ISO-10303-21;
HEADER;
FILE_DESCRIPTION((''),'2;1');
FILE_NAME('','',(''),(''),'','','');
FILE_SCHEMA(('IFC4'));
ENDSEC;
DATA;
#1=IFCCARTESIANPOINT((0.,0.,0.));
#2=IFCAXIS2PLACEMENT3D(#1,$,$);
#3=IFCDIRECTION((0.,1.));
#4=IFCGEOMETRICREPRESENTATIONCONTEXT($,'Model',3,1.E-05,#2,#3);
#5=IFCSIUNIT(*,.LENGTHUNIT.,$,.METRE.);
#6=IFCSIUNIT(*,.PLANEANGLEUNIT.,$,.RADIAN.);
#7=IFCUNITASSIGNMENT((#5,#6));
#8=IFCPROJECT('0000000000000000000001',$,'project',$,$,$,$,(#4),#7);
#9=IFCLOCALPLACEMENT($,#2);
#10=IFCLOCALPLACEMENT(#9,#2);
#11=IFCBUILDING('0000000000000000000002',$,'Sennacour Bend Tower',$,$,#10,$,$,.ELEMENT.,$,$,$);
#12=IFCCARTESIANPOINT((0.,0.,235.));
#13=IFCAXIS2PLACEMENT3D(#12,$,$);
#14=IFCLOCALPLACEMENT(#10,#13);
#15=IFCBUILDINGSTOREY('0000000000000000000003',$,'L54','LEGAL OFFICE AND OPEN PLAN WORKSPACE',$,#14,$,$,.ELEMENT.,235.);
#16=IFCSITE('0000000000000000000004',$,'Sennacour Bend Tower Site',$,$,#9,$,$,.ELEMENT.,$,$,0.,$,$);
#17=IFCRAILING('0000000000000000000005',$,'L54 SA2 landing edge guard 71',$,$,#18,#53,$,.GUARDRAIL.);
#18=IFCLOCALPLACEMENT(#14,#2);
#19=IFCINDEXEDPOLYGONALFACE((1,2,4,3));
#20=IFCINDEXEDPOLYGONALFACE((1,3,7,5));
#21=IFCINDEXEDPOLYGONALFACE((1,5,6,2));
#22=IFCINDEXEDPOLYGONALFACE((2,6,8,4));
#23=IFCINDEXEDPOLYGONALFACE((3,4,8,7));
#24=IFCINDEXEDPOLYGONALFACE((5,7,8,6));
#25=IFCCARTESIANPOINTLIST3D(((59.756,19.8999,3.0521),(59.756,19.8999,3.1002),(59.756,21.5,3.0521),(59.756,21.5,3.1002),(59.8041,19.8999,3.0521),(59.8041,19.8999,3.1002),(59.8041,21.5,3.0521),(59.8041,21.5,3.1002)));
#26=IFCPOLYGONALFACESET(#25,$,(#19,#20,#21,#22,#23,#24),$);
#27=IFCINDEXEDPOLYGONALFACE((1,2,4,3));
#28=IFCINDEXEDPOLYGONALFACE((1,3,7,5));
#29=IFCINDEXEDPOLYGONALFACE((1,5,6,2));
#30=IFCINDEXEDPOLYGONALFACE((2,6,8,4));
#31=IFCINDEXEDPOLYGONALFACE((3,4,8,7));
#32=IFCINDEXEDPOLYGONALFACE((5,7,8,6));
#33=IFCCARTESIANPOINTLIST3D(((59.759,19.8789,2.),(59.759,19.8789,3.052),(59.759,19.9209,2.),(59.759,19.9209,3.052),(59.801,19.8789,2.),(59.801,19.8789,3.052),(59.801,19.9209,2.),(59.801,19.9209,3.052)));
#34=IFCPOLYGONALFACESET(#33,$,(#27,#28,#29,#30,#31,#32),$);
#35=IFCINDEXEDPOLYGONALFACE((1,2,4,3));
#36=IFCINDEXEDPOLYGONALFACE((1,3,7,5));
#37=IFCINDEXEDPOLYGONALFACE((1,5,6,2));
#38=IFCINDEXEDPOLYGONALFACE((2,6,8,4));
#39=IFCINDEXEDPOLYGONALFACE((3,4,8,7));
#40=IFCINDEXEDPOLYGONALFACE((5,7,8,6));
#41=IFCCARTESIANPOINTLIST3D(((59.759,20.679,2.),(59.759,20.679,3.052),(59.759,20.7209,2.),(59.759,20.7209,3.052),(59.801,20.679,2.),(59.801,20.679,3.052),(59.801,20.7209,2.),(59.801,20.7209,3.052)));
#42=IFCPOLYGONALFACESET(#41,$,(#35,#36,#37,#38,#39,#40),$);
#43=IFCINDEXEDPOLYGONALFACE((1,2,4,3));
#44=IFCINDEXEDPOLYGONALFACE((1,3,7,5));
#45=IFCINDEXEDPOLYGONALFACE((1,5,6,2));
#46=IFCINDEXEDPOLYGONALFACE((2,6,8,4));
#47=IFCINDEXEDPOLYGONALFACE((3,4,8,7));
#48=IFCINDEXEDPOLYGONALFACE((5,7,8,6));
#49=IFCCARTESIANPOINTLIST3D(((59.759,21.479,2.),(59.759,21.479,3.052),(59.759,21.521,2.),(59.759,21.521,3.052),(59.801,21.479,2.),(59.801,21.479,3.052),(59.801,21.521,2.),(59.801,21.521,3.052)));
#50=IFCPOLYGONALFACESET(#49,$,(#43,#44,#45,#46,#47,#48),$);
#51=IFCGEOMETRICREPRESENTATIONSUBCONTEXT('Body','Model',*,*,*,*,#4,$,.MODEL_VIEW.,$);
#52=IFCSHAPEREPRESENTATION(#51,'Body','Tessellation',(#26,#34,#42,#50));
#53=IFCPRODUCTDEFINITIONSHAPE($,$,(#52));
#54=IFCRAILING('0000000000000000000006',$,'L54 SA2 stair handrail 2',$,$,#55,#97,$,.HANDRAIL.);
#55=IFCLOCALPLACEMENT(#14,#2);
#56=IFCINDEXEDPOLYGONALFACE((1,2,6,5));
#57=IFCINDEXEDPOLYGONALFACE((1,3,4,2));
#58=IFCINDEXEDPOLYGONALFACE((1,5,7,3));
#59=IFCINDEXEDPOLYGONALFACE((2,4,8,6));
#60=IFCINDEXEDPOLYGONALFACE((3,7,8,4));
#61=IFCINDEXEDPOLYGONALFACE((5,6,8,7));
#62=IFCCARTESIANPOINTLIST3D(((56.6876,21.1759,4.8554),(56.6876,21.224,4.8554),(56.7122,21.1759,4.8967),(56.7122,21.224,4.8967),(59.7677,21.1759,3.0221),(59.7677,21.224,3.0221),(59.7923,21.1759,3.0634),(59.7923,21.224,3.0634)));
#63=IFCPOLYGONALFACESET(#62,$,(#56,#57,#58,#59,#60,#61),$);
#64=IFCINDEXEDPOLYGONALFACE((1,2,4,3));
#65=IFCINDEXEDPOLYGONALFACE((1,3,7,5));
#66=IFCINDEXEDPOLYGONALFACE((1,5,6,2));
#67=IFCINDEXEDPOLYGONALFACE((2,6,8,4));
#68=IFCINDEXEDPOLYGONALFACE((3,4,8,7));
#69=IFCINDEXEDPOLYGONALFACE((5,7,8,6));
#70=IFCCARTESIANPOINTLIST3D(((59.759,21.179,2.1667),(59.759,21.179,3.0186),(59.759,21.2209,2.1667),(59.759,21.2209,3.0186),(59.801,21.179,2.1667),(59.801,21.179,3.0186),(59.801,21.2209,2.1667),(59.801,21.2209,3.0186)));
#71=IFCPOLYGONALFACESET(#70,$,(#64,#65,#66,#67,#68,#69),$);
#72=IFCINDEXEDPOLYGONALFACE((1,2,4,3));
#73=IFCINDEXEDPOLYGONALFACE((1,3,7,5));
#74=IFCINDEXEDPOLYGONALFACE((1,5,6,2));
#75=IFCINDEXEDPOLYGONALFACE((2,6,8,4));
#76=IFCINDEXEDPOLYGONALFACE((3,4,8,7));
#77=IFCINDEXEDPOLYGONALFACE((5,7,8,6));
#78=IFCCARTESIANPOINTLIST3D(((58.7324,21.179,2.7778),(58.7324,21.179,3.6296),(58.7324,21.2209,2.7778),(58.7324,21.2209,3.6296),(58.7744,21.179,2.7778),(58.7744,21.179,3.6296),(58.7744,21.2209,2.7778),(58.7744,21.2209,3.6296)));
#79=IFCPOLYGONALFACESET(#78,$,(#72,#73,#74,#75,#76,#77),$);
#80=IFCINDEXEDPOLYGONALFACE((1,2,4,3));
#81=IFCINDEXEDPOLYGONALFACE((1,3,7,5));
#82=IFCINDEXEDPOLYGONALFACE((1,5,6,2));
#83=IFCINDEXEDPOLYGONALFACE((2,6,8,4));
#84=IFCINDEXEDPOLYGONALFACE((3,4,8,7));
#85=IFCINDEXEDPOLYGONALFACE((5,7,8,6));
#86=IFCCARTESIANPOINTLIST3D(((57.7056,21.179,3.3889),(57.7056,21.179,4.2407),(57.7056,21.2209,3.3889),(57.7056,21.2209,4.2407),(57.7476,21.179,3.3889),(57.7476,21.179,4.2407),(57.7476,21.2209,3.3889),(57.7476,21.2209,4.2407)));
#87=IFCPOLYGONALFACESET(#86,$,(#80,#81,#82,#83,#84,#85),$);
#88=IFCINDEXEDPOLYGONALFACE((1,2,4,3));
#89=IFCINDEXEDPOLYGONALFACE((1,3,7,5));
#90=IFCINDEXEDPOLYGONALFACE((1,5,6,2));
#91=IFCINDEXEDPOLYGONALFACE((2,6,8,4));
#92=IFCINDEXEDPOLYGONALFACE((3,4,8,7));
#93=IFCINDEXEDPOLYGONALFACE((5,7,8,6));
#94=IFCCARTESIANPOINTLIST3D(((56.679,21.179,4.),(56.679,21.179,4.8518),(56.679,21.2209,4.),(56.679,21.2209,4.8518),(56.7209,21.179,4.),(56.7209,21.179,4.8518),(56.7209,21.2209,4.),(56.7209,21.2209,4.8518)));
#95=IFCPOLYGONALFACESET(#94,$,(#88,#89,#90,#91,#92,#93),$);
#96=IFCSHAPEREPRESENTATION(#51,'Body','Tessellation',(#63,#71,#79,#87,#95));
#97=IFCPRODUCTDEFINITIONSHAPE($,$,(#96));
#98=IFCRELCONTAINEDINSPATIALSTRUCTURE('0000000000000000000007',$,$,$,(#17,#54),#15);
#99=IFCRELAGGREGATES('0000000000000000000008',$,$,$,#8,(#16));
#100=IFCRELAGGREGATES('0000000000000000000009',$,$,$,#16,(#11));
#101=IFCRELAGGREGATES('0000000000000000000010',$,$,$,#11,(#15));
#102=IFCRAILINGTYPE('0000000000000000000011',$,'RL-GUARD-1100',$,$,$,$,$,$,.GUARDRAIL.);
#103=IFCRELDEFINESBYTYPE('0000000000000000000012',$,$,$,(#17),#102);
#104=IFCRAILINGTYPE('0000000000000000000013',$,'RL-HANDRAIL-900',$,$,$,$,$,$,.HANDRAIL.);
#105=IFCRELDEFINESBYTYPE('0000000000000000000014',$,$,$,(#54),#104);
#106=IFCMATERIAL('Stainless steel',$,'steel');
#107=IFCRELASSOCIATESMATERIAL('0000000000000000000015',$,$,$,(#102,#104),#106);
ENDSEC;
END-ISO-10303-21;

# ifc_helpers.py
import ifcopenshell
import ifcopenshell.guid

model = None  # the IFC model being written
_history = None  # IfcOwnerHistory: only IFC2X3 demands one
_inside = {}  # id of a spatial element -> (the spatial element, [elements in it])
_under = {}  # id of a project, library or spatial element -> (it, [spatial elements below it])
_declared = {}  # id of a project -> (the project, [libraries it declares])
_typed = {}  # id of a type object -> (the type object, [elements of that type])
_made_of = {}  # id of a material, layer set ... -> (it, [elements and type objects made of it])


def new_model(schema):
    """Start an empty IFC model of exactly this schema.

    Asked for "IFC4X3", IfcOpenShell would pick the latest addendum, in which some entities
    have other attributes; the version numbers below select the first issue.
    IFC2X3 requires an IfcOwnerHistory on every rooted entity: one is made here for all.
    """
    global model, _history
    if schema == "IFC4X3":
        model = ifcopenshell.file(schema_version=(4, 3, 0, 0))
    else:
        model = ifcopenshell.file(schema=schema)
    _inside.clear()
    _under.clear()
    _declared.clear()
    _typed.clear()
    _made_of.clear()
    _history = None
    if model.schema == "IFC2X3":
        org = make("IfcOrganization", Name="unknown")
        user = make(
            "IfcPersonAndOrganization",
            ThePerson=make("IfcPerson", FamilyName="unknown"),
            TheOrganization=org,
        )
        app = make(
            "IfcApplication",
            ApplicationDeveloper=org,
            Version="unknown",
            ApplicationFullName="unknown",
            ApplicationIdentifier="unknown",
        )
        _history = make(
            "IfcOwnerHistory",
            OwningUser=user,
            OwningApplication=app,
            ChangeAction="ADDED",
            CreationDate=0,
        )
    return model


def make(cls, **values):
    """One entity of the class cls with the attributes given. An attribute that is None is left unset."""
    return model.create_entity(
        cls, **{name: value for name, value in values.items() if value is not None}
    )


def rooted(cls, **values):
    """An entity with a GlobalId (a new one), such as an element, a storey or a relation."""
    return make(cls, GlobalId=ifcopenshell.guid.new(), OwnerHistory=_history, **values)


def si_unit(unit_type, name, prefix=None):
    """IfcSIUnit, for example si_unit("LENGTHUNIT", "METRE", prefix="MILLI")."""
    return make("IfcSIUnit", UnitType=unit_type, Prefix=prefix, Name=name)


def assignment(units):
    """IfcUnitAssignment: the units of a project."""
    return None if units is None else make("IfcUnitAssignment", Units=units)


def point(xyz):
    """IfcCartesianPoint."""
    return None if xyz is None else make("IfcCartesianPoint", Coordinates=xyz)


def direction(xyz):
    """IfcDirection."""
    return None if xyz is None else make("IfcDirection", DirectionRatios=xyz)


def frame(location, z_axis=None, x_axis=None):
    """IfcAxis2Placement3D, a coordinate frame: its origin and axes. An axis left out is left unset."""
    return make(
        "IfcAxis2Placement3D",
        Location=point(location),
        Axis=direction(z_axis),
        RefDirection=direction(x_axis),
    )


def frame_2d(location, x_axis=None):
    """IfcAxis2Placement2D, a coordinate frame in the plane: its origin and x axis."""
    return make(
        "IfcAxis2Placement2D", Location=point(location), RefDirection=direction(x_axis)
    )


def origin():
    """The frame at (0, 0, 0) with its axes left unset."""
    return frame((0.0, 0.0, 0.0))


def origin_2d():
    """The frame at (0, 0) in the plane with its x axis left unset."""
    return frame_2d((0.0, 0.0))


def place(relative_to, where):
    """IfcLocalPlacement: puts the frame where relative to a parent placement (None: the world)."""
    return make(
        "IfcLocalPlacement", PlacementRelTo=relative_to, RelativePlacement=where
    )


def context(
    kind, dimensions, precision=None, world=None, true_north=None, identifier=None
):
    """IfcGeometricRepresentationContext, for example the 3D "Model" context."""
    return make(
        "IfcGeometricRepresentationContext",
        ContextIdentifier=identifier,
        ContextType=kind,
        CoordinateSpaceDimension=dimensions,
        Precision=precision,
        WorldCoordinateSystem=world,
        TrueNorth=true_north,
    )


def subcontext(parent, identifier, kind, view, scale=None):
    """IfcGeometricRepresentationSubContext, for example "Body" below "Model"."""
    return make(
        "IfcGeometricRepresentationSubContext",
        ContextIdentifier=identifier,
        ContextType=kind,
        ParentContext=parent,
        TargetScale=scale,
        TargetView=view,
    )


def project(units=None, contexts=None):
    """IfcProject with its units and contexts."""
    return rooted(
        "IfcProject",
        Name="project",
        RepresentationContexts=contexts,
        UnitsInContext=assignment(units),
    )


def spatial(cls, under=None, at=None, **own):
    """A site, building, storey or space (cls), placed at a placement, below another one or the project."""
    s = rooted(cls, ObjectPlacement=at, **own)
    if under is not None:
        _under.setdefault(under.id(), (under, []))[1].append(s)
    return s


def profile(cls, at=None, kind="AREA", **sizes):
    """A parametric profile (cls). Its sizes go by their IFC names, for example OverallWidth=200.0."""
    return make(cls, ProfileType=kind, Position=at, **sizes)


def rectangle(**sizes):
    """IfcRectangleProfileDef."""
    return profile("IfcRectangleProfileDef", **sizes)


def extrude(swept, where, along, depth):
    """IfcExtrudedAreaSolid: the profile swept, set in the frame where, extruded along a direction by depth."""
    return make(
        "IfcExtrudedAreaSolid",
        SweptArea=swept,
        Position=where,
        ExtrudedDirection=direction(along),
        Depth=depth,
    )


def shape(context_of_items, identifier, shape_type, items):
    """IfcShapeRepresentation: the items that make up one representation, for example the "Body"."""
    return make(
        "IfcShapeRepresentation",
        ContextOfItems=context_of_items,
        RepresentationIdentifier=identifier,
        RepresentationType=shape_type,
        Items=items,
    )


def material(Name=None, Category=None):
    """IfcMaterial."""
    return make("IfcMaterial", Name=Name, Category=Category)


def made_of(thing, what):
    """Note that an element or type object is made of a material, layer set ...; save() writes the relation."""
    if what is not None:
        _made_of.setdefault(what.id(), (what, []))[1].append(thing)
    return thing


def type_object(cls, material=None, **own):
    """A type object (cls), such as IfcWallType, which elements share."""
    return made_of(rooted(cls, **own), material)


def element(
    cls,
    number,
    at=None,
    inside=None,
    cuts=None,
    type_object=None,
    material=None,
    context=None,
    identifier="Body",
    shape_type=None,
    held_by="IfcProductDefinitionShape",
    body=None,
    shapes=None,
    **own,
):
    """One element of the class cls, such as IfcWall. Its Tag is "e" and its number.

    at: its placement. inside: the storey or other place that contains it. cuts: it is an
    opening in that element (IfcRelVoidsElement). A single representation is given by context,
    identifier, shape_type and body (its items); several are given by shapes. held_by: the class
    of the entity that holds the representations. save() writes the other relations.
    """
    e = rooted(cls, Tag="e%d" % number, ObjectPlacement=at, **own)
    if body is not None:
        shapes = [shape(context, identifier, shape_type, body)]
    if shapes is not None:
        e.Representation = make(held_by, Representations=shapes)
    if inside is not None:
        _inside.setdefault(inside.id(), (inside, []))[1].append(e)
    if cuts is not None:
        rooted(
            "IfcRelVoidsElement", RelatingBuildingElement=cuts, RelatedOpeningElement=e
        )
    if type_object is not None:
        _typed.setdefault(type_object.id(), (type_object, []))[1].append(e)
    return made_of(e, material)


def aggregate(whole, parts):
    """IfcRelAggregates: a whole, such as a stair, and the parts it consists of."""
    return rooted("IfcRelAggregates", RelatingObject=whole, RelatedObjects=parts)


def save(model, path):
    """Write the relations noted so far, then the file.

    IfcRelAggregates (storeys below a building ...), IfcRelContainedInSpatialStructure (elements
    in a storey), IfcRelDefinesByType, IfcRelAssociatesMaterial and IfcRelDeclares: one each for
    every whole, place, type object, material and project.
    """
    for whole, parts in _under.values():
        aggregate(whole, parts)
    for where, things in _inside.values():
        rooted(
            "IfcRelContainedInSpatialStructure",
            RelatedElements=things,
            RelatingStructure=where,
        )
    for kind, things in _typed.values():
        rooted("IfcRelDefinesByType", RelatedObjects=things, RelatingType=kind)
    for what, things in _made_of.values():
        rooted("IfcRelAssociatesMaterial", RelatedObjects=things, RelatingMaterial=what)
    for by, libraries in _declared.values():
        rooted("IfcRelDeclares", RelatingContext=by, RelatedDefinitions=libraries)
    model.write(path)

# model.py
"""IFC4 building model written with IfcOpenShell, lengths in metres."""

from ifc_helpers import new_model, si_unit, direction, frame, origin, origin_2d, place, context, subcontext, project, spatial, rectangle, extrude, material, type_object, element, save


model = new_model("IFC4")

# Units and contexts
model_context = context("Model", 3, precision=1e-05, world=origin(), true_north=direction((0.0, 1.0)))
body_context = subcontext(model_context, "Body", "Model", "MODEL_VIEW")
ifc_project = project(units=[si_unit("LENGTHUNIT", "METRE"), si_unit("PLANEANGLEUNIT", "RADIAN")], contexts=[model_context])

# Site, building, storey
site_placement = place(None, origin())
site = spatial("IfcSite", under=ifc_project, at=site_placement, Name="Sennacour Bend Tower Site", CompositionType="ELEMENT", RefElevation=0.0)
building_placement = place(site_placement, origin())
building = spatial("IfcBuilding", under=site, at=building_placement, Name="Sennacour Bend Tower", CompositionType="ELEMENT")
storey_placement = place(building_placement, frame((0.0, 0.0, 235.0)))
storey = spatial("IfcBuildingStorey", under=building, at=storey_placement, Name="L54", Description="LEGAL OFFICE AND OPEN PLAN WORKSPACE", CompositionType="ELEMENT", Elevation=235.0)

# Shared definitions
ifc_material_1 = material(Name="Stainless steel", Category="steel")

# Railings
railing_type_1 = type_object("IfcRailingType", Name="RL-GUARD-1100", PredefinedType="GUARDRAIL", material=ifc_material_1)
railing_1_placement = place(storey_placement, frame((59.78, 19.8999, 2.0)))
element("IfcRailing", 1, at=railing_1_placement, inside=storey, type_object=railing_type_1, Name="L54 SA2 landing edge guard 71", PredefinedType="GUARDRAIL", context=body_context, shape_type="SweptSolid", body=[
    extrude(rectangle(XDim=0.0481, YDim=0.0481, at=origin_2d()), frame((0.0, 0.0, 1.0762), z_axis=(0.0, 1.0, 0.0), x_axis=(-1.0, 0.0, 0.0)), (0.0, 0.0, 1.0), 1.6001),
    extrude(rectangle(XDim=0.042, YDim=0.042, at=origin_2d()), origin(), (0.0, 0.0, 1.0), 1.052),
    extrude(rectangle(XDim=0.042, YDim=0.042, at=origin_2d()), frame((0.0, 0.8, 0.0)), (0.0, 0.0, 1.0), 1.052),
    extrude(rectangle(XDim=0.042, YDim=0.042, at=origin_2d()), frame((0.0, 1.6001, 0.0)), (0.0, 0.0, 1.0), 1.052),
])
railing_type_2 = type_object("IfcRailingType", Name="RL-HANDRAIL-900", PredefinedType="HANDRAIL", material=ifc_material_1)
railing_2_placement = place(storey_placement, frame((59.78, 21.2, 2.1667)))
element("IfcRailing", 2, at=railing_2_placement, inside=storey, type_object=railing_type_2, Name="L54 SA2 stair handrail 2", PredefinedType="HANDRAIL", context=body_context, shape_type="SweptSolid", body=[
    extrude(rectangle(XDim=0.0481, YDim=0.0481, at=origin_2d()), frame((0.0, 0.0, 0.876), z_axis=(-0.859309, 0.0, 0.511458), x_axis=(0.0, -1.0, 0.0)), (0.0, 0.0, 1.0), 3.5845),
    extrude(rectangle(XDim=0.042, YDim=0.042, at=origin_2d()), origin(), (0.0, 0.0, 1.0), 0.8518),
    extrude(rectangle(XDim=0.042, YDim=0.042, at=origin_2d()), frame((-1.0266, 0.0, 0.6111)), (0.0, 0.0, 1.0), 0.8518),
    extrude(rectangle(XDim=0.042, YDim=0.042, at=origin_2d()), frame((-2.0535, 0.0, 1.2222)), (0.0, 0.0, 1.0), 0.8518),
    extrude(rectangle(XDim=0.042, YDim=0.042, at=origin_2d()), frame((-3.0801, 0.0, 1.8333)), (0.0, 0.0, 1.0), 0.8518),
])

save(model, "model.ifc")
